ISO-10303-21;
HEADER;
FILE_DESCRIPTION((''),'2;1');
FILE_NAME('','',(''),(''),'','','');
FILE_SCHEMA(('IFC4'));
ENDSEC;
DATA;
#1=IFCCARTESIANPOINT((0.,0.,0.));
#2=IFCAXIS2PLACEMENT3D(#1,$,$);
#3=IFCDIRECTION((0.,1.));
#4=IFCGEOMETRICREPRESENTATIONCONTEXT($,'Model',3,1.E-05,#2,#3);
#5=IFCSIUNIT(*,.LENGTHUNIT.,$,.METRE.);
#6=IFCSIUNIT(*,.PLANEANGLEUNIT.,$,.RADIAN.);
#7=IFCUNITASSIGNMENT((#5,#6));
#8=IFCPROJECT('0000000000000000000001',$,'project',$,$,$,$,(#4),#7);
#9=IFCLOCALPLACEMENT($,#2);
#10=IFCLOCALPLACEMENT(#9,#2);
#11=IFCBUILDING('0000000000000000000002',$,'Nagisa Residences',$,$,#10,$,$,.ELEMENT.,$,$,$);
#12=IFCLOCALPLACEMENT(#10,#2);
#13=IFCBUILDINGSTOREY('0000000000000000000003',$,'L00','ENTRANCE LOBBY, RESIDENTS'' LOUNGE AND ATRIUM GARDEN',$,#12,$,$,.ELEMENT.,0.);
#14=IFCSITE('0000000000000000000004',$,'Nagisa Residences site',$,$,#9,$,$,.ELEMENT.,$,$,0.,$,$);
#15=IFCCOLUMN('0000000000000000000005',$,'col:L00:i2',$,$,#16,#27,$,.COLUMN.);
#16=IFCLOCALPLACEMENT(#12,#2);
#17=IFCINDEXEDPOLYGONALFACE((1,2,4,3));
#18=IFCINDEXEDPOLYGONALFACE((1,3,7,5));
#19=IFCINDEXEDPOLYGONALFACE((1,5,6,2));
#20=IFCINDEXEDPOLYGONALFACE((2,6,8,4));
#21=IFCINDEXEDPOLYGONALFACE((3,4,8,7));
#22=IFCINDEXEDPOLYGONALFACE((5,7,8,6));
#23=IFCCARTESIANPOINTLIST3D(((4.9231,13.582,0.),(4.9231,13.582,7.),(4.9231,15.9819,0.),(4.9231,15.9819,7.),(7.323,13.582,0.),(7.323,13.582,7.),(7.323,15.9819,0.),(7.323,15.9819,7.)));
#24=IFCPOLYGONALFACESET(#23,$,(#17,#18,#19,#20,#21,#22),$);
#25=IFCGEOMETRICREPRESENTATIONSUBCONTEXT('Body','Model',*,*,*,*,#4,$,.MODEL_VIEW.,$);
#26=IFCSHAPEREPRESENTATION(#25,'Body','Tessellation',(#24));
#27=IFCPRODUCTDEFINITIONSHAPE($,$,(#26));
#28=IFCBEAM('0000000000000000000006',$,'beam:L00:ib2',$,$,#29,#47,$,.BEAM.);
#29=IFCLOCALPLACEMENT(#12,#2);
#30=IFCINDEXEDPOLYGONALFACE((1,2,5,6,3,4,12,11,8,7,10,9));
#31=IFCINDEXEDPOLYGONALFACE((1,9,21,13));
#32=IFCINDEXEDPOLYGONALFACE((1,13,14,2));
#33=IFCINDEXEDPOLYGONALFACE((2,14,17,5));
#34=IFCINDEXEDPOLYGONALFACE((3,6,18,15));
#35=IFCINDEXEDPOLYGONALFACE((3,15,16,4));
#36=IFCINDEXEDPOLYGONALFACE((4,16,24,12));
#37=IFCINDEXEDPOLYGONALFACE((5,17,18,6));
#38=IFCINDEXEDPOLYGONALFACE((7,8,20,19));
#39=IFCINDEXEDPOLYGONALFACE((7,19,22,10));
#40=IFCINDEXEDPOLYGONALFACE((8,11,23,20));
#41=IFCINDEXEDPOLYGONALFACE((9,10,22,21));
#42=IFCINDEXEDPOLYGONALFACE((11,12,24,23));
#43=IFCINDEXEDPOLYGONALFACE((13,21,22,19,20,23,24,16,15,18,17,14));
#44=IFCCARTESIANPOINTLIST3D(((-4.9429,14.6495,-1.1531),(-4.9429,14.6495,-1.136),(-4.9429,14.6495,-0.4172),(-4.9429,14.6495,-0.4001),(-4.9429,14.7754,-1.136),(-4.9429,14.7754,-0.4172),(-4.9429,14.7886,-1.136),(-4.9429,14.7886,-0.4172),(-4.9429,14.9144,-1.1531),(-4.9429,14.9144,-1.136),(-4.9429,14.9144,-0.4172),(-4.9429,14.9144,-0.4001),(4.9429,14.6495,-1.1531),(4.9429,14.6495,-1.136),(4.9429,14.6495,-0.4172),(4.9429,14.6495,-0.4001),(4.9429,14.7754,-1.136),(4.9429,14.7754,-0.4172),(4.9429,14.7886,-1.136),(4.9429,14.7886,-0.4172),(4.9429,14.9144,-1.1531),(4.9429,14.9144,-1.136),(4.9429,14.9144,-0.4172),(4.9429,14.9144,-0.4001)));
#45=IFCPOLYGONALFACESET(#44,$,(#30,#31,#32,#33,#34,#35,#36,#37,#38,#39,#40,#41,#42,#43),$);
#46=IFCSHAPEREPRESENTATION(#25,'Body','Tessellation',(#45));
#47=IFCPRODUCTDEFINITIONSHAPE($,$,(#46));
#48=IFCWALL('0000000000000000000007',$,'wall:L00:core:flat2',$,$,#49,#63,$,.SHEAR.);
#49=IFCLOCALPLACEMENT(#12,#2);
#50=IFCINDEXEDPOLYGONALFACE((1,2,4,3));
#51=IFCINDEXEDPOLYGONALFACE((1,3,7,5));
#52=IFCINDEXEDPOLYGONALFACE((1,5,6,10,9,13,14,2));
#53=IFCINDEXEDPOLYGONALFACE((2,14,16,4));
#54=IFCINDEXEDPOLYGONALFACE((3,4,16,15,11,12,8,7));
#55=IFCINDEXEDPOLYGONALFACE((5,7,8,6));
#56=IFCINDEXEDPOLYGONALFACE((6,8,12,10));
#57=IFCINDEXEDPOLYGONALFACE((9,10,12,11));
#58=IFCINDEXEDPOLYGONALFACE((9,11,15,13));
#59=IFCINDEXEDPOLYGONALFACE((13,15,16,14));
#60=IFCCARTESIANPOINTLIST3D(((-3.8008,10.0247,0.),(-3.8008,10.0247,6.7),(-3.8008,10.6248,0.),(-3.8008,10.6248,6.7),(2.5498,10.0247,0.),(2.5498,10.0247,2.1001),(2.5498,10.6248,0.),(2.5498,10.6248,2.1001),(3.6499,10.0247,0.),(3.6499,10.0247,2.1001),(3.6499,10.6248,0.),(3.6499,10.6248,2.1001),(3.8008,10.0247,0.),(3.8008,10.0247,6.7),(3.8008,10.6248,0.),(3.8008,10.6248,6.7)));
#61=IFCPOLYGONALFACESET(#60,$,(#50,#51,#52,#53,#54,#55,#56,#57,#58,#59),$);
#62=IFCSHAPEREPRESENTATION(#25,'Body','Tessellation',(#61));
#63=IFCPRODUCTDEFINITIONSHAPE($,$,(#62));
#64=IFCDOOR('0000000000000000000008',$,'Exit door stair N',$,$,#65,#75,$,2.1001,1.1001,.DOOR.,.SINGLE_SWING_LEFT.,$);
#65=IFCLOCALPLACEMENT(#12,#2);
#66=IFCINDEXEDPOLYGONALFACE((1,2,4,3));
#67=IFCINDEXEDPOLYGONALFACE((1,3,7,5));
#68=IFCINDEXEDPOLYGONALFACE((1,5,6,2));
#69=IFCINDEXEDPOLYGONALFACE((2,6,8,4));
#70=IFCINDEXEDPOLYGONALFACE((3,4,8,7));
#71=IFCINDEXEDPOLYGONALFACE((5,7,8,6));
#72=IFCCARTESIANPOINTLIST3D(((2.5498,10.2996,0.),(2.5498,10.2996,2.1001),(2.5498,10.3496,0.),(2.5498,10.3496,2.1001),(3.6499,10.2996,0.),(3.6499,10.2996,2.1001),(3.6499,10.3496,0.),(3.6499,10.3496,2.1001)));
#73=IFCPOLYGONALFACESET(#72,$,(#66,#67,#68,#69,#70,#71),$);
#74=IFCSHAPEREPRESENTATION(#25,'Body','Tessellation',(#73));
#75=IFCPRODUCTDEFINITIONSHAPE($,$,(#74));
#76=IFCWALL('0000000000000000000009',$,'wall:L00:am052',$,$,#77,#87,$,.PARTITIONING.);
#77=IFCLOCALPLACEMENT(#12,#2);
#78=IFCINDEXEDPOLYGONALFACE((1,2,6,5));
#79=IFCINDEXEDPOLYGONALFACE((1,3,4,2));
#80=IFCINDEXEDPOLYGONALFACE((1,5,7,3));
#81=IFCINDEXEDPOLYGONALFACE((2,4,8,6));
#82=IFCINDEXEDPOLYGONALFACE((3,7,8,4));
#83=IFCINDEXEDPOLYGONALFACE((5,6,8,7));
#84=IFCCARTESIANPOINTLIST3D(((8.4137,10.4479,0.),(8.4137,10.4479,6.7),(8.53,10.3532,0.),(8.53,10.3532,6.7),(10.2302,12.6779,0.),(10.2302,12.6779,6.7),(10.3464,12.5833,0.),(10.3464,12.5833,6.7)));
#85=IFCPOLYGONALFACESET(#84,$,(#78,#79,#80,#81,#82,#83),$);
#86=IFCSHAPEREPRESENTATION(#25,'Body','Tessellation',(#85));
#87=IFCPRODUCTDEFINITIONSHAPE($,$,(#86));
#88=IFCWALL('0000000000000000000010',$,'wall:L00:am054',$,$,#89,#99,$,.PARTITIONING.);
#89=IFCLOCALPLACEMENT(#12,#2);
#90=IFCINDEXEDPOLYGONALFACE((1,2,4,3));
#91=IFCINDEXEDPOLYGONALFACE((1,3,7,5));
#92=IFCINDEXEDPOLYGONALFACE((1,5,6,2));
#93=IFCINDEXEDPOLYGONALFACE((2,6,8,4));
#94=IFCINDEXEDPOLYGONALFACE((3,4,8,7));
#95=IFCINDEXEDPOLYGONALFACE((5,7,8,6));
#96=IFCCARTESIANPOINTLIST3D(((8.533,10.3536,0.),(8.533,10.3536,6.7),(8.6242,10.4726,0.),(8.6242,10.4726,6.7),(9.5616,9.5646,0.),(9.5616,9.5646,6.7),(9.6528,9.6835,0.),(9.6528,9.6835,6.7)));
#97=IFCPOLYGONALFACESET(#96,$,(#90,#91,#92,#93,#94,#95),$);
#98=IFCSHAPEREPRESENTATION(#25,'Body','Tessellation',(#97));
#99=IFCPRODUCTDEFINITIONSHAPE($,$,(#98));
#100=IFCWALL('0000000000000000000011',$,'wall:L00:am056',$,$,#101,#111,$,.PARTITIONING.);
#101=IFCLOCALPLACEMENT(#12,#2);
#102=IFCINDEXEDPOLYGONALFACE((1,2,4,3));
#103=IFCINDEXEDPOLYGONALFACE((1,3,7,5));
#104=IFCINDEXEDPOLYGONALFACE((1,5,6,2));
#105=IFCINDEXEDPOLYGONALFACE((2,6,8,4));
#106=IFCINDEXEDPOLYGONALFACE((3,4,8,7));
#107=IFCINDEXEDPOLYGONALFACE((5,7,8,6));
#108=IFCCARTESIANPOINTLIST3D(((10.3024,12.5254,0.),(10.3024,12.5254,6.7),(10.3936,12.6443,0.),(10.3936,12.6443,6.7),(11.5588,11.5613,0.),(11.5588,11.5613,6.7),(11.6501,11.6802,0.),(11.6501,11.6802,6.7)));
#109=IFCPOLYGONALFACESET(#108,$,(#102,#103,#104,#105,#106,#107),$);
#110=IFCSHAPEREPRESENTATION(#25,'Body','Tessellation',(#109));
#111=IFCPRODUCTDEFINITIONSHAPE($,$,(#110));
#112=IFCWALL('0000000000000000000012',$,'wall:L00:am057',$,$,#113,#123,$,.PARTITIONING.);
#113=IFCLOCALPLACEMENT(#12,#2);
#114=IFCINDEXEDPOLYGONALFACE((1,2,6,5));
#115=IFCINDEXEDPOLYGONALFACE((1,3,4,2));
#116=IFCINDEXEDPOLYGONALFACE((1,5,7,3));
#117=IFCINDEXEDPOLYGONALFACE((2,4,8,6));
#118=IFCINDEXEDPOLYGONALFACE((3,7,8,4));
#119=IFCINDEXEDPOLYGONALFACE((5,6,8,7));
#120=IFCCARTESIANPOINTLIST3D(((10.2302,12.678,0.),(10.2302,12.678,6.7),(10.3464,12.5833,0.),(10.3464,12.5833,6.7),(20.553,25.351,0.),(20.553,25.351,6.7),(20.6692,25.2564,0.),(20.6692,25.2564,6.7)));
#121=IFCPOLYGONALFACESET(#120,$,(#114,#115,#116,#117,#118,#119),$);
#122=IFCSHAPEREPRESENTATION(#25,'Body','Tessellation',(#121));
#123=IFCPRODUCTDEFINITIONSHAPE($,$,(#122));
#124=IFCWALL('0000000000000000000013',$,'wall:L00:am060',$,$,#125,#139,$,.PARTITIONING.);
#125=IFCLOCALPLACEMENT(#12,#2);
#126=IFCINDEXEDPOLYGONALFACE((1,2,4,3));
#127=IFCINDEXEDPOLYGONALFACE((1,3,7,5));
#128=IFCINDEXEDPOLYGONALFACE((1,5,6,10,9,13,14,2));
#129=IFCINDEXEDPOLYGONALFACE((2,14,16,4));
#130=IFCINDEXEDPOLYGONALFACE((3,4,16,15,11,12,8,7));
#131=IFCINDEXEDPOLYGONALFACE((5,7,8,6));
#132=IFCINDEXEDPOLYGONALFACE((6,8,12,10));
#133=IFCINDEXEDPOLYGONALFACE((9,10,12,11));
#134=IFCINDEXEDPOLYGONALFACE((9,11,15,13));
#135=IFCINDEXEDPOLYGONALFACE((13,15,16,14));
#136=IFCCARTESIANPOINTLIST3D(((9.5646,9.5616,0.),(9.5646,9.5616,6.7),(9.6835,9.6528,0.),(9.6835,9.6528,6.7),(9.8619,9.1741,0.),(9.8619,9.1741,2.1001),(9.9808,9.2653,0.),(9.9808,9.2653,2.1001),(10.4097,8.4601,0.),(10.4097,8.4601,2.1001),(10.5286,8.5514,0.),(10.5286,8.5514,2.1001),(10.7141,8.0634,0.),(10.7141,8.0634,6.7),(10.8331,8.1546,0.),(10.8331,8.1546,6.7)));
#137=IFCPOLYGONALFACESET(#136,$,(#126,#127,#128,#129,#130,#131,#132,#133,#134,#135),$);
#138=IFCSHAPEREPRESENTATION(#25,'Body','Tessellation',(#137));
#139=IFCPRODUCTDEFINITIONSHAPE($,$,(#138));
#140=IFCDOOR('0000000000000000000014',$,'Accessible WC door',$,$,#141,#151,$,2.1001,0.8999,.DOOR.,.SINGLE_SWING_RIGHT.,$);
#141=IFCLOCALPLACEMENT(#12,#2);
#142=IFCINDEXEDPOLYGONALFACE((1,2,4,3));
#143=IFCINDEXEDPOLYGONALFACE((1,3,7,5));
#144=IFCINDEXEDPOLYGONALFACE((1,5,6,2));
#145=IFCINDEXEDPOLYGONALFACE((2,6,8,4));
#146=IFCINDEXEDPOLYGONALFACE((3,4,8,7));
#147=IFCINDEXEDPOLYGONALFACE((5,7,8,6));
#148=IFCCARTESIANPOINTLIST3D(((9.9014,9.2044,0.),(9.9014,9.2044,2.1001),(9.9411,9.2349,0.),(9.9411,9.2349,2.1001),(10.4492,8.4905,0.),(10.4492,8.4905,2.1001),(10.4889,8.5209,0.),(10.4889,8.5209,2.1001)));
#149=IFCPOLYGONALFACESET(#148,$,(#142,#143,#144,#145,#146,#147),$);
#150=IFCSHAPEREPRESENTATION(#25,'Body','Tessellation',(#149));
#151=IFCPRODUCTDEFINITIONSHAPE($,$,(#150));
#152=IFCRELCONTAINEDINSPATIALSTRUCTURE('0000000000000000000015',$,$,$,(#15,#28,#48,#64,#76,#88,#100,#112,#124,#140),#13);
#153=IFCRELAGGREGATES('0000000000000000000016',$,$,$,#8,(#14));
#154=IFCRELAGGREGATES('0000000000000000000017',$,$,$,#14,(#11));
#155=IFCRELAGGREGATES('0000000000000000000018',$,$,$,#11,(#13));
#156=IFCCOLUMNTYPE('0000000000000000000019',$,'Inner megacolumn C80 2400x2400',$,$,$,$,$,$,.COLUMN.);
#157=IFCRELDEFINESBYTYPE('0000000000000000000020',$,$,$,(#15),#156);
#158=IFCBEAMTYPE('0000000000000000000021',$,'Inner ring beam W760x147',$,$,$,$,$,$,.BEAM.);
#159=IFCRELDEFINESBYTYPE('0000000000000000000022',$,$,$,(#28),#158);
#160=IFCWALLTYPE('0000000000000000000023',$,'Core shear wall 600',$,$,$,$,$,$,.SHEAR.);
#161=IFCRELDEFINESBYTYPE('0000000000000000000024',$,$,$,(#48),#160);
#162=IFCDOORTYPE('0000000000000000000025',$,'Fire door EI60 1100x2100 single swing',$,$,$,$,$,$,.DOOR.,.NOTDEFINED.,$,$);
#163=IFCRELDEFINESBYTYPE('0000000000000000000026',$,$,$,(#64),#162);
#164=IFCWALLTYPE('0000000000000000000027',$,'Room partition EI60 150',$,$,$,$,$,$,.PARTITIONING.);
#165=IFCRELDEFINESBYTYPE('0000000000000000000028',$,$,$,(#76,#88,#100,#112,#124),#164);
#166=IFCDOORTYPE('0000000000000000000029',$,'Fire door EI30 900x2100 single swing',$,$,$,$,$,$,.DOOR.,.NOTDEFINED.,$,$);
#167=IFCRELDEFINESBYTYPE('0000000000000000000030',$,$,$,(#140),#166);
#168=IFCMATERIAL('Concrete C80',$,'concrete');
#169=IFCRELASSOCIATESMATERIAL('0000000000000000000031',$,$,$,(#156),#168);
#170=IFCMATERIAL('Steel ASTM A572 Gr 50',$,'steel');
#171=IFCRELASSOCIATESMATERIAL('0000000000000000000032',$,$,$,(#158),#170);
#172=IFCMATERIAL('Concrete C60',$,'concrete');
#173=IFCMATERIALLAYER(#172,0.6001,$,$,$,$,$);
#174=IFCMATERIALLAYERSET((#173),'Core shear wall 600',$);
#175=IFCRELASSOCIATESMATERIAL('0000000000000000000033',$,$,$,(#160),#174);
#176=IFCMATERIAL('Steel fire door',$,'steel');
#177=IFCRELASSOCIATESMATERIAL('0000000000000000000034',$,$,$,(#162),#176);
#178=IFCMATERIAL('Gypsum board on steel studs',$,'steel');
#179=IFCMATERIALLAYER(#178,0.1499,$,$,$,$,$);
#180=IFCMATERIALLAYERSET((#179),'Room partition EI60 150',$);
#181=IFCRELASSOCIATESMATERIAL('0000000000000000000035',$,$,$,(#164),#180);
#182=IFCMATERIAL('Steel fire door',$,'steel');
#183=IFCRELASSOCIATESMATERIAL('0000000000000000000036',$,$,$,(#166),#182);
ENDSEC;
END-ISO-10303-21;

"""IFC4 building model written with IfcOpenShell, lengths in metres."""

from ifc_helpers import new_model, si_unit, direction, frame, frame_2d, origin, origin_2d, place, context, subcontext, project, spatial, rectangle, i_section, extrude, material, layer, layer_set, material_profile, profile_set, type_object, element, fill, save


model = new_model("IFC4")

# Units and contexts
model_context = context("Model", 3, precision=1e-05, world=origin(), true_north=direction((0.0, 1.0)))
body_context = subcontext(model_context, "Body", "Model", "MODEL_VIEW")
ifc_project = project(units=[si_unit("LENGTHUNIT", "METRE"), si_unit("PLANEANGLEUNIT", "RADIAN")], contexts=[model_context])

# Site, building, storey
site_placement = place(None, origin())
site = spatial("IfcSite", under=ifc_project, at=site_placement, Name="Nagisa Residences site", CompositionType="ELEMENT", RefElevation=0.0)
building_placement = place(site_placement, origin())
building = spatial("IfcBuilding", under=site, at=building_placement, Name="Nagisa Residences", CompositionType="ELEMENT")
storey_placement = place(building_placement, origin())
storey = spatial("IfcBuildingStorey", under=building, at=storey_placement, Name="L00", Description="ENTRANCE LOBBY, RESIDENTS' LOUNGE AND ATRIUM GARDEN", CompositionType="ELEMENT", Elevation=0.0)

# Column
ifc_material_1 = material(Name="Concrete C80", Category="concrete")
ifc_material_profile_1 = material_profile(ifc_material_1, rectangle(XDim=2.3999, YDim=2.3999, at=origin_2d()), Name="C80 2400x2400")
ifc_profile_set_1 = profile_set([ifc_material_profile_1], Name="Concrete C80")
column_type = type_object("IfcColumnType", Name="Inner megacolumn C80 2400x2400", PredefinedType="COLUMN", material=ifc_profile_set_1)
column_placement = place(storey_placement, frame((6.123, 14.782, 0.0), z_axis=(0.0, 0.0, 1.0), x_axis=(1.0, 0.0, 0.0)))
element("IfcColumn", 1, at=column_placement, inside=storey, type_object=column_type, Name="col:L00:i2", PredefinedType="COLUMN", context=body_context, shape_type="SweptSolid", body=[
    extrude(rectangle(XDim=2.3999, YDim=2.3999, at=origin_2d()), origin(), (0.0, 0.0, 1.0), 7.0),
])

# Beam
ifc_material_2 = material(Name="Steel ASTM A572 Gr 50", Category="steel")
ifc_material_profile_2 = material_profile(ifc_material_2, i_section(OverallWidth=0.2649, OverallDepth=0.7529, WebThickness=0.0132, FlangeThickness=0.0171, at=origin_2d()), Name="W760x147")
ifc_profile_set_2 = profile_set([ifc_material_profile_2], Name="Steel ASTM A572 Gr 50")
beam_type = type_object("IfcBeamType", Name="Inner ring beam W760x147", PredefinedType="BEAM", material=ifc_profile_set_2)
beam_placement = place(storey_placement, frame((4.9429, 14.782, -0.7766), z_axis=(-1.0, 0.0, 0.0), x_axis=(0.0, -1.0, 0.0)))
element("IfcBeam", 2, at=beam_placement, inside=storey, type_object=beam_type, Name="beam:L00:ib2", PredefinedType="BEAM", context=body_context, shape_type="SweptSolid", body=[
    extrude(i_section(OverallWidth=0.2649, OverallDepth=0.7529, WebThickness=0.0132, FlangeThickness=0.0171, at=origin_2d()), origin(), (0.0, 0.0, 1.0), 9.8857),
])

# Wall, opening, door
ifc_material_3 = material(Name="Concrete C60", Category="concrete")
ifc_layer_1 = layer(ifc_material_3, 0.6001)
ifc_layer_set_1 = layer_set([ifc_layer_1], Name="Core shear wall 600")
wall_type_1 = type_object("IfcWallType", Name="Core shear wall 600", PredefinedType="SHEAR", material=ifc_layer_set_1)
wall_1_placement = place(storey_placement, frame((3.8008, 10.3247, 0.0), z_axis=(0.0, 0.0, 1.0), x_axis=(-1.0, 0.0, 0.0)))
wall_1 = element("IfcWall", 3, at=wall_1_placement, inside=storey, type_object=wall_type_1, Name="wall:L00:core:flat2", PredefinedType="SHEAR", context=body_context, shape_type="SweptSolid", body=[
    extrude(rectangle(XDim=7.6016, YDim=0.6001, at=frame_2d((3.8008, 0.0))), origin(), (0.0, 0.0, 1.0), 6.7),
])
opening_1_placement = place(wall_1_placement, frame((0.1509, 0.0, 0.0)))
opening_1 = element("IfcOpeningElement", 4, at=opening_1_placement, cuts=wall_1, PredefinedType="OPENING", context=body_context, shape_type="SweptSolid", body=[
    extrude(rectangle(XDim=1.1001, YDim=2.1001, at=frame_2d((0.55, 1.05))), frame((0.0, 0.3101, 0.0), z_axis=(0.0, -1.0, 0.0), x_axis=(1.0, 0.0, 0.0)), (0.0, 0.0, 1.0), 0.6201),
])
ifc_material_4 = material(Name="Steel fire door", Category="steel")
door_type_1 = type_object("IfcDoorType", Name="Fire door EI60 1100x2100 single swing", OperationType="NOTDEFINED", PredefinedType="DOOR", material=ifc_material_4)
door_1_placement = place(opening_1_placement, frame((1.1001, 0.0, 0.0), x_axis=(-1.0, 0.0, 0.0)))
door_1 = element("IfcDoor", 5, at=door_1_placement, inside=storey, type_object=door_type_1, Name="Exit door stair N", OperationType="SINGLE_SWING_LEFT", OverallHeight=2.1001, OverallWidth=1.1001, PredefinedType="DOOR", context=body_context, shape_type="SweptSolid", body=[
    extrude(rectangle(XDim=1.1001, YDim=2.1001, at=frame_2d((0.55, 1.05))), frame((0.0, 0.0249, 0.0), z_axis=(0.0, -1.0, 0.0), x_axis=(1.0, 0.0, 0.0)), (0.0, 0.0, 1.0), 0.05),
])
fill(opening_1, door_1)

# Walls
ifc_material_5 = material(Name="Gypsum board on steel studs", Category="steel")
ifc_layer_2 = layer(ifc_material_5, 0.1499)
ifc_layer_set_2 = layer_set([ifc_layer_2], Name="Room partition EI60 150")
wall_type_2 = type_object("IfcWallType", Name="Room partition EI60 150", PredefinedType="PARTITIONING", material=ifc_layer_set_2)
wall_2_placement = place(storey_placement, frame((8.4719, 10.4006, 0.0), z_axis=(0.0, 0.0, 1.0), x_axis=(0.631544, 0.77534, 0.0)))
element("IfcWall", 6, at=wall_2_placement, inside=storey, type_object=wall_type_2, Name="wall:L00:am052", PredefinedType="PARTITIONING", context=body_context, shape_type="SweptSolid", body=[
    extrude(rectangle(XDim=2.8762, YDim=0.1499, at=frame_2d((1.438, 0.0))), origin(), (0.0, 0.0, 1.0), 6.7),
])
wall_3_placement = place(storey_placement, frame((9.6072, 9.624, 0.0), z_axis=(0.0, 0.0, 1.0), x_axis=(-0.793421, 0.608673, 0.0)))
element("IfcWall", 7, at=wall_3_placement, inside=storey, type_object=wall_type_2, Name="wall:L00:am054", PredefinedType="PARTITIONING", context=body_context, shape_type="SweptSolid", body=[
    extrude(rectangle(XDim=1.2964, YDim=0.1499, at=frame_2d((0.6482, 0.0))), origin(), (0.0, 0.0, 1.0), 6.7),
])
wall_4_placement = place(storey_placement, frame((10.3479, 12.585, 0.0), z_axis=(0.0, 0.0, 1.0), x_axis=(0.793328, -0.608794, 0.0)))
element("IfcWall", 8, at=wall_4_placement, inside=storey, type_object=wall_type_2, Name="wall:L00:am056", PredefinedType="PARTITIONING", context=body_context, shape_type="SweptSolid", body=[
    extrude(rectangle(XDim=1.5837, YDim=0.1499, at=frame_2d((0.792, 0.0))), origin(), (0.0, 0.0, 1.0), 6.7),
])
wall_5_placement = place(storey_placement, frame((10.2883, 12.6306, 0.0), z_axis=(0.0, 0.0, 1.0), x_axis=(0.631545, 0.775339, 0.0)))
element("IfcWall", 9, at=wall_5_placement, inside=storey, type_object=wall_type_2, Name="wall:L00:am057", PredefinedType="PARTITIONING", context=body_context, shape_type="SweptSolid", body=[
    extrude(rectangle(XDim=16.3452, YDim=0.1499, at=frame_2d((8.1726, 0.0))), origin(), (0.0, 0.0, 1.0), 6.7),
])

# Wall, opening, door
wall_6_placement = place(storey_placement, frame((10.7737, 8.1089, 0.0), z_axis=(0.0, 0.0, 1.0), x_axis=(-0.608754, 0.793359, 0.0)))
wall_6 = element("IfcWall", 10, at=wall_6_placement, inside=storey, type_object=wall_type_2, Name="wall:L00:am060", PredefinedType="PARTITIONING", context=body_context, shape_type="SweptSolid", body=[
    extrude(rectangle(XDim=1.8884, YDim=0.1499, at=frame_2d((0.9443, 0.0))), origin(), (0.0, 0.0, 1.0), 6.7),
])
opening_2_placement = place(wall_6_placement, frame((0.5002, 0.0, 0.0)))
opening_2 = element("IfcOpeningElement", 11, at=opening_2_placement, cuts=wall_6, PredefinedType="OPENING", context=body_context, shape_type="SweptSolid", body=[
    extrude(rectangle(XDim=0.8999, YDim=2.1001, at=frame_2d((0.45, 1.05))), frame((0.0, 0.085, 0.0), z_axis=(0.0, -1.0, 0.0), x_axis=(1.0, 0.0, 0.0)), (0.0, 0.0, 1.0), 0.1699),
])
ifc_material_6 = material(Name="Steel fire door", Category="steel")
door_type_2 = type_object("IfcDoorType", Name="Fire door EI30 900x2100 single swing", OperationType="NOTDEFINED", PredefinedType="DOOR", material=ifc_material_6)
door_2_placement = place(opening_2_placement, frame((0.8999, 0.0, 0.0), x_axis=(-1.0, 0.0, 0.0)))
door_2 = element("IfcDoor", 12, at=door_2_placement, inside=storey, type_object=door_type_2, Name="Accessible WC door", OperationType="SINGLE_SWING_RIGHT", OverallHeight=2.1001, OverallWidth=0.8999, PredefinedType="DOOR", context=body_context, shape_type="SweptSolid", body=[
    extrude(rectangle(XDim=0.8999, YDim=2.1001, at=frame_2d((0.45, 1.05))), frame((0.0, 0.0249, 0.0), z_axis=(0.0, -1.0, 0.0), x_axis=(1.0, 0.0, 0.0)), (0.0, 0.0, 1.0), 0.05),
])
fill(opening_2, door_2)

save(model, "model.ifc")
